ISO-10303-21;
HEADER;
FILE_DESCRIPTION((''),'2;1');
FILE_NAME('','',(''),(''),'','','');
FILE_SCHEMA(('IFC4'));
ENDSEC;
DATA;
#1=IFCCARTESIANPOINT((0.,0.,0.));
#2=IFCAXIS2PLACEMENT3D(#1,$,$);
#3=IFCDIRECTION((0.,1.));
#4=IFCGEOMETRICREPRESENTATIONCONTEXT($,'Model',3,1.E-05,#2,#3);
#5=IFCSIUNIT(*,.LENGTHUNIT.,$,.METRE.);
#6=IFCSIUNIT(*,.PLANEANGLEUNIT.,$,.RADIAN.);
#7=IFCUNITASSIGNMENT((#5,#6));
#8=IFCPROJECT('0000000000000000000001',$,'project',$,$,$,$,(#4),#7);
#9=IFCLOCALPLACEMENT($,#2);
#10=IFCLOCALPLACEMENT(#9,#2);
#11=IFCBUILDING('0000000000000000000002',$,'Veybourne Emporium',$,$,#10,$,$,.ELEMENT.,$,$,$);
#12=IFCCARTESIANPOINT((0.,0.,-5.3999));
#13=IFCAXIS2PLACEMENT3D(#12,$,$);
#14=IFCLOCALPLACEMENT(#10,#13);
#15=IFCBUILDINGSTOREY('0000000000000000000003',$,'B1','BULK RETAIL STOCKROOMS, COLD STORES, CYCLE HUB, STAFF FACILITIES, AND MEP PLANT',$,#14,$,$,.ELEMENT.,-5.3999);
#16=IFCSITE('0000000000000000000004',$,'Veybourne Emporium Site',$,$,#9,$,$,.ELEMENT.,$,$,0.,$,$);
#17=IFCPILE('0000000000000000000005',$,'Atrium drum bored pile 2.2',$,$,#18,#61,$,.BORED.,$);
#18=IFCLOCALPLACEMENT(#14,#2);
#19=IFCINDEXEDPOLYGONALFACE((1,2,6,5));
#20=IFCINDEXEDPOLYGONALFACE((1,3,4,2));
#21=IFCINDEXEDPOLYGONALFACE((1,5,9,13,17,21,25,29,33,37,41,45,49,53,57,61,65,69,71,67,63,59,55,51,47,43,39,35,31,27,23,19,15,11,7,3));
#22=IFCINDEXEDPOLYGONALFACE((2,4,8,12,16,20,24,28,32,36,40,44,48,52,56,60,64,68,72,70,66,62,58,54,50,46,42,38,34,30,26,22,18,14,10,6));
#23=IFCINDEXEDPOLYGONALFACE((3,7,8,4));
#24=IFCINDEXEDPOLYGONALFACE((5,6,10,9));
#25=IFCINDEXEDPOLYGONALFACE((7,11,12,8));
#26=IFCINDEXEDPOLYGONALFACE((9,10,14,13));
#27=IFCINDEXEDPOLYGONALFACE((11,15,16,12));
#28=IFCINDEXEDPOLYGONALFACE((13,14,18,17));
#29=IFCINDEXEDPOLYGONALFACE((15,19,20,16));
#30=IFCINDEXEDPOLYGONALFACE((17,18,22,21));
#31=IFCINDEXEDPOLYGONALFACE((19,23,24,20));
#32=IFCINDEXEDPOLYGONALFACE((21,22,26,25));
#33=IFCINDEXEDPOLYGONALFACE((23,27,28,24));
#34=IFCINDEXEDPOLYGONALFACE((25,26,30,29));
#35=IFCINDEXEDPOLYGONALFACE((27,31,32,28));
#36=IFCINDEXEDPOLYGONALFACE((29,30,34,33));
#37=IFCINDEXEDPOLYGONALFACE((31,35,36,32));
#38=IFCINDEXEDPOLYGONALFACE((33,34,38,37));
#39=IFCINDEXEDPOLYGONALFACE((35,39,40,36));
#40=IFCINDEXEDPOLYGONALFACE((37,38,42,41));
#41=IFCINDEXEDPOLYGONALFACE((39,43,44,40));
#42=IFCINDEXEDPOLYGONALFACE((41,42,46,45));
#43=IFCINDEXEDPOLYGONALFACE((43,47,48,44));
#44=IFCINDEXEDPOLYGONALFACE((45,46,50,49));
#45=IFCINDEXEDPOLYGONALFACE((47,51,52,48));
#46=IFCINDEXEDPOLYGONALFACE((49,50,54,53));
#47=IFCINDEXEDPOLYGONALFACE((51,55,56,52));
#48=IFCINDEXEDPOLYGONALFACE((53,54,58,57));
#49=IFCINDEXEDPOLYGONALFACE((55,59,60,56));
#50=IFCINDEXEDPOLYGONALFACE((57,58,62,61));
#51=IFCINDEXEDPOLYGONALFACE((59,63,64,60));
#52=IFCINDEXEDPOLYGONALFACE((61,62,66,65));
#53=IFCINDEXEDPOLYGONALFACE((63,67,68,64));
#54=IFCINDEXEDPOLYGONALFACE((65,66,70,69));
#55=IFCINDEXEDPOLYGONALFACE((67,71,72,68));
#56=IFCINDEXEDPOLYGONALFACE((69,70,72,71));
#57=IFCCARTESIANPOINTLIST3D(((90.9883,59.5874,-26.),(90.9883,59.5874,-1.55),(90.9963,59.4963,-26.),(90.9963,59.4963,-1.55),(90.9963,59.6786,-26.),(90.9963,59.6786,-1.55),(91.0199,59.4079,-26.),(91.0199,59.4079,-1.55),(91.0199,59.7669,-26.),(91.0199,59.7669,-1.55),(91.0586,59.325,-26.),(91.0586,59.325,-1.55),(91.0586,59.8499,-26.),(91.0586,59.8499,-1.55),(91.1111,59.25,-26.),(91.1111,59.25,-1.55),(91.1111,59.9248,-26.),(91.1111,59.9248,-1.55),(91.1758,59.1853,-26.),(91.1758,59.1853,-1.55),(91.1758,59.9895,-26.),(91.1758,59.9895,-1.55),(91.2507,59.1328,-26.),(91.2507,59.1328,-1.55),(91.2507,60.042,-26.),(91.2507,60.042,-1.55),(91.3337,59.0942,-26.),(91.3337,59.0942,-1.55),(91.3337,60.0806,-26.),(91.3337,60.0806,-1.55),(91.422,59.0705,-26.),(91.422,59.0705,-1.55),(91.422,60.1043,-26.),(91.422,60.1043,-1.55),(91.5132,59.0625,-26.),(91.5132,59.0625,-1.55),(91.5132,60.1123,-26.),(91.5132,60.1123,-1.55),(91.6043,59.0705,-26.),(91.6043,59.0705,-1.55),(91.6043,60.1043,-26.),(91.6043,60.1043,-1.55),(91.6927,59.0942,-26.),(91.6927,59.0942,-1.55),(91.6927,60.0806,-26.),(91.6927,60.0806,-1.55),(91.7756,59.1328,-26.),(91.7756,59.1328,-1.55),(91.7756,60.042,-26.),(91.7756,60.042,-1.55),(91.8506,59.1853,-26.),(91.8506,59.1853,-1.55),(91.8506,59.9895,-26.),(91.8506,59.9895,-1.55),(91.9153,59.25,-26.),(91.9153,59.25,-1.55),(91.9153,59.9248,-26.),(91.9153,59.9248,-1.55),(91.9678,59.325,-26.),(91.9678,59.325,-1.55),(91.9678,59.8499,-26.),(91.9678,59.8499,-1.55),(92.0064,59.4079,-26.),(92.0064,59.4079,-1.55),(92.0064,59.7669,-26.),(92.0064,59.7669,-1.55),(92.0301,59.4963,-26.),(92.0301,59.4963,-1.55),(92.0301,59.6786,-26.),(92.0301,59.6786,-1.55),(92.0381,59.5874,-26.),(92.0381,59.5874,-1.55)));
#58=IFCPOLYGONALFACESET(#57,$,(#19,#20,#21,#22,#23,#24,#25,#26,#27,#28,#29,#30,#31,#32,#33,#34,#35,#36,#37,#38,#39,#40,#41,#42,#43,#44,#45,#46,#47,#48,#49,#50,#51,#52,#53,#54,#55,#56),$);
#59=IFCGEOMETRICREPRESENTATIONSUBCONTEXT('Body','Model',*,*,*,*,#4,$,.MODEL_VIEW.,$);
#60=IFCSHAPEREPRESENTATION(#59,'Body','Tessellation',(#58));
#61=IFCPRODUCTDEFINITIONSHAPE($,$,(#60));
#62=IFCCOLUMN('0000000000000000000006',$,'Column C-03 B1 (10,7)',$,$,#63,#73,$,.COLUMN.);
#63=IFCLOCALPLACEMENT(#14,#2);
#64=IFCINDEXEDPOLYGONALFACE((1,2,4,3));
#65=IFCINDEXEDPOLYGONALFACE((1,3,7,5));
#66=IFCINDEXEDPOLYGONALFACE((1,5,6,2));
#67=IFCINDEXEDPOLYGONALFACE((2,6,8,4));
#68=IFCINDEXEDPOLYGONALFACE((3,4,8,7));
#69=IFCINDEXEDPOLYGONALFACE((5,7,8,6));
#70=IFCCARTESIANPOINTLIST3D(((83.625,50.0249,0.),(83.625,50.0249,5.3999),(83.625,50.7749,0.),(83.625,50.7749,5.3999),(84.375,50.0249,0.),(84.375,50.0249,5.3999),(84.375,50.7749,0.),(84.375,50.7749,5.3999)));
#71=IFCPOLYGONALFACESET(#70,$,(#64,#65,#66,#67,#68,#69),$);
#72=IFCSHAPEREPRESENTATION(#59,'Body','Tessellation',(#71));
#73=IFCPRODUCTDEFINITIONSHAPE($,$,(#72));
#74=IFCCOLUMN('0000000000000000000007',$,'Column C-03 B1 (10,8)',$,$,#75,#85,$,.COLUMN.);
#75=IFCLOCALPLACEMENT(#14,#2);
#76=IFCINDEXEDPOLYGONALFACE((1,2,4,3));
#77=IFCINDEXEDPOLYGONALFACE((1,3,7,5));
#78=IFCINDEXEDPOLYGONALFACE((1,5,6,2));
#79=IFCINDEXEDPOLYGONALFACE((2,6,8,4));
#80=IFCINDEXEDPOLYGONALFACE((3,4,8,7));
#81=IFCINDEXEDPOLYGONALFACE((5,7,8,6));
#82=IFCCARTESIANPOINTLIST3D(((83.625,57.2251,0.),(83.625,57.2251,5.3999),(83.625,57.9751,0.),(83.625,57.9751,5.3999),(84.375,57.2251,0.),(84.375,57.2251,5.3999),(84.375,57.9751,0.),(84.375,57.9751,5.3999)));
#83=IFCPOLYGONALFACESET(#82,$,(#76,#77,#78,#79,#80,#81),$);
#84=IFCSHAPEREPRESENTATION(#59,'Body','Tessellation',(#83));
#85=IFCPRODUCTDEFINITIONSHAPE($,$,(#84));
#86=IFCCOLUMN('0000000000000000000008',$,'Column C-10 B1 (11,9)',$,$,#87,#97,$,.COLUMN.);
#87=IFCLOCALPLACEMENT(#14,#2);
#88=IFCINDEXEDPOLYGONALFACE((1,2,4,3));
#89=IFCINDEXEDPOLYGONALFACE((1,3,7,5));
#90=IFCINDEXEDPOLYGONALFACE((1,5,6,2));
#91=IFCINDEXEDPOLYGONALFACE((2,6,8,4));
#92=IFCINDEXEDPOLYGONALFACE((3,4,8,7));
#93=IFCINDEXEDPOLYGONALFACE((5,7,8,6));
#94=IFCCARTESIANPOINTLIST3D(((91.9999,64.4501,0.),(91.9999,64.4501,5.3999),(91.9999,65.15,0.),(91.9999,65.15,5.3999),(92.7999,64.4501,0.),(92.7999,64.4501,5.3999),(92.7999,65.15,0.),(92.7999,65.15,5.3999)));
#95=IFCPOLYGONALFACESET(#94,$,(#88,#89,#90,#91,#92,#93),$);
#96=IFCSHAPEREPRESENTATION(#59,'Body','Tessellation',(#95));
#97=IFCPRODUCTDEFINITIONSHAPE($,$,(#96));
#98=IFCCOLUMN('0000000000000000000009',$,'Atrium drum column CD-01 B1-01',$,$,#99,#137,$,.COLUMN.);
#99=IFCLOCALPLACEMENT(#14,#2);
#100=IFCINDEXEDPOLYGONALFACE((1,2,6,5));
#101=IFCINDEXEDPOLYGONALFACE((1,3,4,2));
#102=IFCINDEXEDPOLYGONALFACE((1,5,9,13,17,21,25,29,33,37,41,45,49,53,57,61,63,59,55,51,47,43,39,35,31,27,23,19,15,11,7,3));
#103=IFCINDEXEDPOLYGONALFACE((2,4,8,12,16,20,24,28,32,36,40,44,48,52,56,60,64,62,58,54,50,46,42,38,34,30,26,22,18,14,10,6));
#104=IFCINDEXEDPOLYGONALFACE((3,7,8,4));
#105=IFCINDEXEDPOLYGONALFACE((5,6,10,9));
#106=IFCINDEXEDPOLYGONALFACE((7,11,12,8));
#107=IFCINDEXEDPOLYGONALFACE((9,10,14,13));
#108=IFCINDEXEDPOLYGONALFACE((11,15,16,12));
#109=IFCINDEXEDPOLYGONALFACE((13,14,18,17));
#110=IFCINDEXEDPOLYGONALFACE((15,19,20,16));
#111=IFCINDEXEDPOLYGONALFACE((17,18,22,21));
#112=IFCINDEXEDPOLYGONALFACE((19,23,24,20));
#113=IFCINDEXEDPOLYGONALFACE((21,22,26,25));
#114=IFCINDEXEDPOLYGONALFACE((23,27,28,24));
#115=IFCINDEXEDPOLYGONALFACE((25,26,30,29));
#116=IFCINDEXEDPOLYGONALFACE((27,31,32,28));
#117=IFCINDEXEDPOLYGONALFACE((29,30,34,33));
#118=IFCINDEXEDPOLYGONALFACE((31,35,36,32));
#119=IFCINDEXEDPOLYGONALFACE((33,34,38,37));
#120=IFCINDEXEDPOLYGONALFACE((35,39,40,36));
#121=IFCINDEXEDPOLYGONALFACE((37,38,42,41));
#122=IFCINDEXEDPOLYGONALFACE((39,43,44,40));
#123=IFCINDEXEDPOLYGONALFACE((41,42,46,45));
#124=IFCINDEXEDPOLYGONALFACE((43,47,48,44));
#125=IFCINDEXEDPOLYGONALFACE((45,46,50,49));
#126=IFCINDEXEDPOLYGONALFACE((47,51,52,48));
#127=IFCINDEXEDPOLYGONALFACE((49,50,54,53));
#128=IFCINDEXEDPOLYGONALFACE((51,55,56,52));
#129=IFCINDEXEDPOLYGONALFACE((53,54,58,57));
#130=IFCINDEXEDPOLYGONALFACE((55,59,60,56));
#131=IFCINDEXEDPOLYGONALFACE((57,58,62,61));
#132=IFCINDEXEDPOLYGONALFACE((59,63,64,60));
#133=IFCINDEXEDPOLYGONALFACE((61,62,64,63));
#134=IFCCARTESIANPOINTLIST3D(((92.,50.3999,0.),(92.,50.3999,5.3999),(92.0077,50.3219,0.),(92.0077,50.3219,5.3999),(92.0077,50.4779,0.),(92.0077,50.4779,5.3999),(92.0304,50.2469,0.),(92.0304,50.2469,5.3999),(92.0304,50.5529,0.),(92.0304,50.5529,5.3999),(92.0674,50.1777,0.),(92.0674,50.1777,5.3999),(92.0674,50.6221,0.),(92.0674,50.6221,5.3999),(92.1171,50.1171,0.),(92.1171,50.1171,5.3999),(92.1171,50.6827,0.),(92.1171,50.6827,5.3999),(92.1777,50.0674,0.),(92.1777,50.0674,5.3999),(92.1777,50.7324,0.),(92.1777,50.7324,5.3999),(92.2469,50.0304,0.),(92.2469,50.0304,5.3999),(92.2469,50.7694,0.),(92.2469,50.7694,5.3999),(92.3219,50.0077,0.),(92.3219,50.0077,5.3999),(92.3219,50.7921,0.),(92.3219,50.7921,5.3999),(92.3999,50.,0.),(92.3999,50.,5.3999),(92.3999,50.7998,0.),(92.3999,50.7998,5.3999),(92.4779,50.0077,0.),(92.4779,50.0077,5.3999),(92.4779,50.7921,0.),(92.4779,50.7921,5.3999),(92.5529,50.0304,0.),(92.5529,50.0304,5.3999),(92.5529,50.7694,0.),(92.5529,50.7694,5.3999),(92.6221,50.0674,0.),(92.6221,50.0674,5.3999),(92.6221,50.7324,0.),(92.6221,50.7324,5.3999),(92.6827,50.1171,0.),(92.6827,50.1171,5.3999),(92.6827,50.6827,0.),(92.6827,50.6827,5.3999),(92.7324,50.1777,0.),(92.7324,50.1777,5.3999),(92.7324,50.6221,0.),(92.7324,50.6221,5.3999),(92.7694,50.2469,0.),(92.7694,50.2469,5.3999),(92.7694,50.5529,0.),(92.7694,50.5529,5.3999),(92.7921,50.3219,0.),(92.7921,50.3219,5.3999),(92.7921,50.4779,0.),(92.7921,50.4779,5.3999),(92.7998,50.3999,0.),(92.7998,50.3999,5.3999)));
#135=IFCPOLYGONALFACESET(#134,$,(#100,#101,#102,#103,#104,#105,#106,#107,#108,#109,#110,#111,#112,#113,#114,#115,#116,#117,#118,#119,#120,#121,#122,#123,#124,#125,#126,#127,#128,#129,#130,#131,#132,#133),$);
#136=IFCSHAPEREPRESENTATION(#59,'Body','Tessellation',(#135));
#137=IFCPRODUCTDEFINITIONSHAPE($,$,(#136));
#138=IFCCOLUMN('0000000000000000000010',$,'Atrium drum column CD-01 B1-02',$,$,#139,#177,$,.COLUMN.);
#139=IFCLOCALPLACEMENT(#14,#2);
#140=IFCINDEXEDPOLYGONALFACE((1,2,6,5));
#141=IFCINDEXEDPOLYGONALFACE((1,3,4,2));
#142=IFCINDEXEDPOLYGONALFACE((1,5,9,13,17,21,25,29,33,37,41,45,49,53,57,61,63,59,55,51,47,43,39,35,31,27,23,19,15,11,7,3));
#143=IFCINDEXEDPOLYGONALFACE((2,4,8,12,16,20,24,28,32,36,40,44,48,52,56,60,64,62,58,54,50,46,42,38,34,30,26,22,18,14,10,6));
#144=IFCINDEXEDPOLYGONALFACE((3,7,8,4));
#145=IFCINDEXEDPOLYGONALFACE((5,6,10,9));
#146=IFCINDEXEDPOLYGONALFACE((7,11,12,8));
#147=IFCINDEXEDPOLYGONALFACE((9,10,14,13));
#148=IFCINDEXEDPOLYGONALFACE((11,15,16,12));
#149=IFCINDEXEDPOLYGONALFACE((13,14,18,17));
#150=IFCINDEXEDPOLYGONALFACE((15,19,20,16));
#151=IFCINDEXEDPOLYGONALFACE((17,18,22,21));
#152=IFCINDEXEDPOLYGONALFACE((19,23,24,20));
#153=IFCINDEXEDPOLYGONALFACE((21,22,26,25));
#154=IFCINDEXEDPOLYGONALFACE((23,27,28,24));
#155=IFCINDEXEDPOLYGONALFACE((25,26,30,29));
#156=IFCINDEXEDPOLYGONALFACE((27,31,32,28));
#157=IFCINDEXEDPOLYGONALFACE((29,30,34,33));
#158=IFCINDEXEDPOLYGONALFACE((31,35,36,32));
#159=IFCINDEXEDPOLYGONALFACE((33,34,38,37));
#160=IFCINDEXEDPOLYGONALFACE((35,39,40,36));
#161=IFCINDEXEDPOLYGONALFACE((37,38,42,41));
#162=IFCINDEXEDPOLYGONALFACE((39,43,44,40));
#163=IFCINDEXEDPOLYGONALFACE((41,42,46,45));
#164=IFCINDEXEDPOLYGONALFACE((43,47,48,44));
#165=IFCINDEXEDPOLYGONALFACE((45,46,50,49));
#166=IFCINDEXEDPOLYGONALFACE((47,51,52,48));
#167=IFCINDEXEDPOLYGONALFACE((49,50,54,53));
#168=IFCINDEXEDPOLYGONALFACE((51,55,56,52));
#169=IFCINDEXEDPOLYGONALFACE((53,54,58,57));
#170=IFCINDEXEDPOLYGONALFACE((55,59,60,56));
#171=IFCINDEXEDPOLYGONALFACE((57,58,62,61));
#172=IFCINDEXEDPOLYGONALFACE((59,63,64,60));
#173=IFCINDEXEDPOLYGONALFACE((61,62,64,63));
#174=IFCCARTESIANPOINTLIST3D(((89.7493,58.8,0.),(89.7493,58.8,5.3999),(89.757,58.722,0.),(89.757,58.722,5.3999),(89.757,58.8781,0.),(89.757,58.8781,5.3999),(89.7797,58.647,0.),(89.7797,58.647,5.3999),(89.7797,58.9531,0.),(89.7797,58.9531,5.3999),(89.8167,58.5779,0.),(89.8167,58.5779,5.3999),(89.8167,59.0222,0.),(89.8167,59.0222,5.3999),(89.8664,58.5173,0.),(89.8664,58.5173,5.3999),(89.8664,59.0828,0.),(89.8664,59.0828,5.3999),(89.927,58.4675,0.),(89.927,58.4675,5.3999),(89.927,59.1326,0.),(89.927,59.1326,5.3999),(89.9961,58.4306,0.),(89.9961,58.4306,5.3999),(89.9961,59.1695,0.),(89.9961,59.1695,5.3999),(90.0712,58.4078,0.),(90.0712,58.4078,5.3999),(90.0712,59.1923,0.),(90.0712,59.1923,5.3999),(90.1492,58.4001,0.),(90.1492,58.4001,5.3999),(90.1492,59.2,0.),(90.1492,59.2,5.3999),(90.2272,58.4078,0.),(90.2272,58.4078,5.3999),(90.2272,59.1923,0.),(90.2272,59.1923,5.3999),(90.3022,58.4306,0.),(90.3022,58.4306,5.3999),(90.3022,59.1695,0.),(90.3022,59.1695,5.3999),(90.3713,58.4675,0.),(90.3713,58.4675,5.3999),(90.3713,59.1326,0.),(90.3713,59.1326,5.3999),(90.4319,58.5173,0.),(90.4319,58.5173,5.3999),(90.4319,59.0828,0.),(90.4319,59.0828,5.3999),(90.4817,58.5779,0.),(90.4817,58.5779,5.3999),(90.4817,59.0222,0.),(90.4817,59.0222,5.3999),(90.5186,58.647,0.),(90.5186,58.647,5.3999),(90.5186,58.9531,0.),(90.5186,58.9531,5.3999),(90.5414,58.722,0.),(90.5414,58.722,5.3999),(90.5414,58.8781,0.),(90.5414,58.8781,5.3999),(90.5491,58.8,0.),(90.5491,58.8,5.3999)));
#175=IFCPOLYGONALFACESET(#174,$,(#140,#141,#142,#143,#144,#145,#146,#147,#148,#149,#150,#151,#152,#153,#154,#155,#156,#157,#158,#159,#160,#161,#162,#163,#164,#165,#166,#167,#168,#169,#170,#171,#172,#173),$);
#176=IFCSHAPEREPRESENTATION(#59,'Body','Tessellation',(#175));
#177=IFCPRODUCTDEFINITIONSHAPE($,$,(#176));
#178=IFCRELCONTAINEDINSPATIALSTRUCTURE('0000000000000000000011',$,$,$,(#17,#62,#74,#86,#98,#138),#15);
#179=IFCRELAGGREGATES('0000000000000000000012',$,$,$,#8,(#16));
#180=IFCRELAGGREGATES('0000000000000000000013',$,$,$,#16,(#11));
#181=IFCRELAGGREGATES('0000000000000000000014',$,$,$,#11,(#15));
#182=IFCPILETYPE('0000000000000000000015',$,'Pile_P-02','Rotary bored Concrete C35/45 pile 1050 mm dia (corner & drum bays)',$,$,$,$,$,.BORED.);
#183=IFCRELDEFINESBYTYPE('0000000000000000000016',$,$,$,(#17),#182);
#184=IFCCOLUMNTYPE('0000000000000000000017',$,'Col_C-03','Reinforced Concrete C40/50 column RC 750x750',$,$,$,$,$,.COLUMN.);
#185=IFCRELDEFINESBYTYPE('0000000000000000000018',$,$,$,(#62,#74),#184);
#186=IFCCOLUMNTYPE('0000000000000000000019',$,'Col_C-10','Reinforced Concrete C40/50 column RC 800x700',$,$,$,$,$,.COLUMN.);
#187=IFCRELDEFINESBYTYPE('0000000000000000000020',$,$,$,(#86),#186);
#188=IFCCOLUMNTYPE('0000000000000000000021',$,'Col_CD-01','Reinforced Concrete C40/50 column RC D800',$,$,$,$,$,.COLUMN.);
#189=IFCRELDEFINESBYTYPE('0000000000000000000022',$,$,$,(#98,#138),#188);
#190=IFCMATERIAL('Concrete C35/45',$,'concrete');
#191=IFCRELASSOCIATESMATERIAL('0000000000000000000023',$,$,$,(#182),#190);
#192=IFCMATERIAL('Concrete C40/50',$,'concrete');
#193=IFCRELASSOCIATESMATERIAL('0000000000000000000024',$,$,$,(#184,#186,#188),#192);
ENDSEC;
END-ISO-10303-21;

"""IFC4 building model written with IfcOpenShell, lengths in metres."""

from ifc_helpers import new_model, si_unit, direction, frame, origin, origin_2d, place, context, subcontext, project, spatial, rectangle, circle, extrude, material, material_profile, profile_set, type_object, element, save


model = new_model("IFC4")

# Units and contexts
model_context = context("Model", 3, precision=1e-05, world=origin(), true_north=direction((0.0, 1.0)))
body_context = subcontext(model_context, "Body", "Model", "MODEL_VIEW")
ifc_project = project(units=[si_unit("LENGTHUNIT", "METRE"), si_unit("PLANEANGLEUNIT", "RADIAN")], contexts=[model_context])

# Site, building, storey
site_placement = place(None, origin())
site = spatial("IfcSite", under=ifc_project, at=site_placement, Name="Veybourne Emporium Site", CompositionType="ELEMENT", RefElevation=0.0)
building_placement = place(site_placement, origin())
building = spatial("IfcBuilding", under=site, at=building_placement, Name="Veybourne Emporium", CompositionType="ELEMENT")
storey_placement = place(building_placement, frame((0.0, 0.0, -5.3999)))
storey = spatial("IfcBuildingStorey", under=building, at=storey_placement, Name="B1", Description="BULK RETAIL STOCKROOMS, COLD STORES, CYCLE HUB, STAFF FACILITIES, AND MEP PLANT", CompositionType="ELEMENT", Elevation=-5.3999)

# Shared definitions
ifc_material_1 = material(Name="Concrete C35/45", Category="concrete")

# Pile
ifc_material_profile_1 = material_profile(ifc_material_1, circle(Radius=0.5249, at=origin_2d()), Name="BORED PILE 1050")
ifc_profile_set_1 = profile_set([ifc_material_profile_1], Name="Concrete C35/45")
pile_type_1 = type_object("IfcPileType", Name="Pile_P-02", Description="Rotary bored Concrete C35/45 pile 1050 mm dia (corner & drum bays)", PredefinedType="BORED", material=ifc_profile_set_1)
for number, where, z_axis, x_axis, name in (
    (1, (91.5132, 59.5874, -1.55), (0.0, 0.0, -1.0), (1.0, 0.0, 0.0), "Atrium drum bored pile 2.2"),
):
    element("IfcPile", number, at=place(storey_placement, frame(where, z_axis=z_axis, x_axis=x_axis)), inside=storey, type_object=pile_type_1, Name=name, PredefinedType="BORED", context=body_context, shape_type="SweptSolid", body=[
        extrude(circle(Radius=0.5249, at=origin_2d()), origin(), (0.0, 0.0, 1.0), 24.45),
    ])

# Columns
ifc_material_2 = material(Name="Concrete C40/50", Category="concrete")
ifc_material_profile_2 = material_profile(ifc_material_2, rectangle(XDim=0.75, YDim=0.75, at=origin_2d()), Name="RC 750x750")
ifc_profile_set_2 = profile_set([ifc_material_profile_2], Name="Concrete C40/50")
column_type_1 = type_object("IfcColumnType", Name="Col_C-03", Description="Reinforced Concrete C40/50 column RC 750x750", PredefinedType="COLUMN", material=ifc_profile_set_2)
for number, where, z_axis, x_axis, name in (
    (2, (84.0, 50.3999, 0.0), (0.0, 0.0, 1.0), (1.0, 0.0, 0.0), "Column C-03 B1 (10,7)"),
    (3, (84.0, 57.6001, 0.0), (0.0, 0.0, 1.0), (1.0, 0.0, 0.0), "Column C-03 B1 (10,8)"),
):
    element("IfcColumn", number, at=place(storey_placement, frame(where, z_axis=z_axis, x_axis=x_axis)), inside=storey, type_object=column_type_1, Name=name, PredefinedType="COLUMN", context=body_context, shape_type="SweptSolid", body=[
        extrude(rectangle(XDim=0.75, YDim=0.75, at=origin_2d()), origin(), (0.0, 0.0, 1.0), 5.3999),
    ])
ifc_material_profile_3 = material_profile(ifc_material_2, rectangle(XDim=0.8, YDim=0.7, at=origin_2d()), Name="RC 800x700")
ifc_profile_set_3 = profile_set([ifc_material_profile_3], Name="Concrete C40/50")
column_type_2 = type_object("IfcColumnType", Name="Col_C-10", Description="Reinforced Concrete C40/50 column RC 800x700", PredefinedType="COLUMN", material=ifc_profile_set_3)
column_placement = place(storey_placement, frame((92.3999, 64.8, 0.0), z_axis=(0.0, 0.0, 1.0), x_axis=(1.0, 0.0, 0.0)))
element("IfcColumn", 4, at=column_placement, inside=storey, type_object=column_type_2, Name="Column C-10 B1 (11,9)", PredefinedType="COLUMN", context=body_context, shape_type="SweptSolid", body=[
    extrude(rectangle(XDim=0.8, YDim=0.7, at=origin_2d()), origin(), (0.0, 0.0, 1.0), 5.3999),
])
ifc_material_profile_4 = material_profile(ifc_material_2, circle(Radius=0.3999, at=origin_2d()), Name="RC D800")
ifc_profile_set_4 = profile_set([ifc_material_profile_4], Name="Concrete C40/50")
column_type_3 = type_object("IfcColumnType", Name="Col_CD-01", Description="Reinforced Concrete C40/50 column RC D800", PredefinedType="COLUMN", material=ifc_profile_set_4)
for number, where, z_axis, x_axis, name in (
    (5, (92.3999, 50.3999, 0.0), (0.0, 0.0, 1.0), (1.0, 0.0, 0.0), "Atrium drum column CD-01 B1-01"),
    (6, (90.1492, 58.8, 0.0), (0.0, 0.0, 1.0), (1.0, 0.0, 0.0), "Atrium drum column CD-01 B1-02"),
):
    element("IfcColumn", number, at=place(storey_placement, frame(where, z_axis=z_axis, x_axis=x_axis)), inside=storey, type_object=column_type_3, Name=name, PredefinedType="COLUMN", context=body_context, shape_type="SweptSolid", body=[
        extrude(circle(Radius=0.3999, at=origin_2d()), origin(), (0.0, 0.0, 1.0), 5.3999),
    ])

save(model, "model.ifc")
